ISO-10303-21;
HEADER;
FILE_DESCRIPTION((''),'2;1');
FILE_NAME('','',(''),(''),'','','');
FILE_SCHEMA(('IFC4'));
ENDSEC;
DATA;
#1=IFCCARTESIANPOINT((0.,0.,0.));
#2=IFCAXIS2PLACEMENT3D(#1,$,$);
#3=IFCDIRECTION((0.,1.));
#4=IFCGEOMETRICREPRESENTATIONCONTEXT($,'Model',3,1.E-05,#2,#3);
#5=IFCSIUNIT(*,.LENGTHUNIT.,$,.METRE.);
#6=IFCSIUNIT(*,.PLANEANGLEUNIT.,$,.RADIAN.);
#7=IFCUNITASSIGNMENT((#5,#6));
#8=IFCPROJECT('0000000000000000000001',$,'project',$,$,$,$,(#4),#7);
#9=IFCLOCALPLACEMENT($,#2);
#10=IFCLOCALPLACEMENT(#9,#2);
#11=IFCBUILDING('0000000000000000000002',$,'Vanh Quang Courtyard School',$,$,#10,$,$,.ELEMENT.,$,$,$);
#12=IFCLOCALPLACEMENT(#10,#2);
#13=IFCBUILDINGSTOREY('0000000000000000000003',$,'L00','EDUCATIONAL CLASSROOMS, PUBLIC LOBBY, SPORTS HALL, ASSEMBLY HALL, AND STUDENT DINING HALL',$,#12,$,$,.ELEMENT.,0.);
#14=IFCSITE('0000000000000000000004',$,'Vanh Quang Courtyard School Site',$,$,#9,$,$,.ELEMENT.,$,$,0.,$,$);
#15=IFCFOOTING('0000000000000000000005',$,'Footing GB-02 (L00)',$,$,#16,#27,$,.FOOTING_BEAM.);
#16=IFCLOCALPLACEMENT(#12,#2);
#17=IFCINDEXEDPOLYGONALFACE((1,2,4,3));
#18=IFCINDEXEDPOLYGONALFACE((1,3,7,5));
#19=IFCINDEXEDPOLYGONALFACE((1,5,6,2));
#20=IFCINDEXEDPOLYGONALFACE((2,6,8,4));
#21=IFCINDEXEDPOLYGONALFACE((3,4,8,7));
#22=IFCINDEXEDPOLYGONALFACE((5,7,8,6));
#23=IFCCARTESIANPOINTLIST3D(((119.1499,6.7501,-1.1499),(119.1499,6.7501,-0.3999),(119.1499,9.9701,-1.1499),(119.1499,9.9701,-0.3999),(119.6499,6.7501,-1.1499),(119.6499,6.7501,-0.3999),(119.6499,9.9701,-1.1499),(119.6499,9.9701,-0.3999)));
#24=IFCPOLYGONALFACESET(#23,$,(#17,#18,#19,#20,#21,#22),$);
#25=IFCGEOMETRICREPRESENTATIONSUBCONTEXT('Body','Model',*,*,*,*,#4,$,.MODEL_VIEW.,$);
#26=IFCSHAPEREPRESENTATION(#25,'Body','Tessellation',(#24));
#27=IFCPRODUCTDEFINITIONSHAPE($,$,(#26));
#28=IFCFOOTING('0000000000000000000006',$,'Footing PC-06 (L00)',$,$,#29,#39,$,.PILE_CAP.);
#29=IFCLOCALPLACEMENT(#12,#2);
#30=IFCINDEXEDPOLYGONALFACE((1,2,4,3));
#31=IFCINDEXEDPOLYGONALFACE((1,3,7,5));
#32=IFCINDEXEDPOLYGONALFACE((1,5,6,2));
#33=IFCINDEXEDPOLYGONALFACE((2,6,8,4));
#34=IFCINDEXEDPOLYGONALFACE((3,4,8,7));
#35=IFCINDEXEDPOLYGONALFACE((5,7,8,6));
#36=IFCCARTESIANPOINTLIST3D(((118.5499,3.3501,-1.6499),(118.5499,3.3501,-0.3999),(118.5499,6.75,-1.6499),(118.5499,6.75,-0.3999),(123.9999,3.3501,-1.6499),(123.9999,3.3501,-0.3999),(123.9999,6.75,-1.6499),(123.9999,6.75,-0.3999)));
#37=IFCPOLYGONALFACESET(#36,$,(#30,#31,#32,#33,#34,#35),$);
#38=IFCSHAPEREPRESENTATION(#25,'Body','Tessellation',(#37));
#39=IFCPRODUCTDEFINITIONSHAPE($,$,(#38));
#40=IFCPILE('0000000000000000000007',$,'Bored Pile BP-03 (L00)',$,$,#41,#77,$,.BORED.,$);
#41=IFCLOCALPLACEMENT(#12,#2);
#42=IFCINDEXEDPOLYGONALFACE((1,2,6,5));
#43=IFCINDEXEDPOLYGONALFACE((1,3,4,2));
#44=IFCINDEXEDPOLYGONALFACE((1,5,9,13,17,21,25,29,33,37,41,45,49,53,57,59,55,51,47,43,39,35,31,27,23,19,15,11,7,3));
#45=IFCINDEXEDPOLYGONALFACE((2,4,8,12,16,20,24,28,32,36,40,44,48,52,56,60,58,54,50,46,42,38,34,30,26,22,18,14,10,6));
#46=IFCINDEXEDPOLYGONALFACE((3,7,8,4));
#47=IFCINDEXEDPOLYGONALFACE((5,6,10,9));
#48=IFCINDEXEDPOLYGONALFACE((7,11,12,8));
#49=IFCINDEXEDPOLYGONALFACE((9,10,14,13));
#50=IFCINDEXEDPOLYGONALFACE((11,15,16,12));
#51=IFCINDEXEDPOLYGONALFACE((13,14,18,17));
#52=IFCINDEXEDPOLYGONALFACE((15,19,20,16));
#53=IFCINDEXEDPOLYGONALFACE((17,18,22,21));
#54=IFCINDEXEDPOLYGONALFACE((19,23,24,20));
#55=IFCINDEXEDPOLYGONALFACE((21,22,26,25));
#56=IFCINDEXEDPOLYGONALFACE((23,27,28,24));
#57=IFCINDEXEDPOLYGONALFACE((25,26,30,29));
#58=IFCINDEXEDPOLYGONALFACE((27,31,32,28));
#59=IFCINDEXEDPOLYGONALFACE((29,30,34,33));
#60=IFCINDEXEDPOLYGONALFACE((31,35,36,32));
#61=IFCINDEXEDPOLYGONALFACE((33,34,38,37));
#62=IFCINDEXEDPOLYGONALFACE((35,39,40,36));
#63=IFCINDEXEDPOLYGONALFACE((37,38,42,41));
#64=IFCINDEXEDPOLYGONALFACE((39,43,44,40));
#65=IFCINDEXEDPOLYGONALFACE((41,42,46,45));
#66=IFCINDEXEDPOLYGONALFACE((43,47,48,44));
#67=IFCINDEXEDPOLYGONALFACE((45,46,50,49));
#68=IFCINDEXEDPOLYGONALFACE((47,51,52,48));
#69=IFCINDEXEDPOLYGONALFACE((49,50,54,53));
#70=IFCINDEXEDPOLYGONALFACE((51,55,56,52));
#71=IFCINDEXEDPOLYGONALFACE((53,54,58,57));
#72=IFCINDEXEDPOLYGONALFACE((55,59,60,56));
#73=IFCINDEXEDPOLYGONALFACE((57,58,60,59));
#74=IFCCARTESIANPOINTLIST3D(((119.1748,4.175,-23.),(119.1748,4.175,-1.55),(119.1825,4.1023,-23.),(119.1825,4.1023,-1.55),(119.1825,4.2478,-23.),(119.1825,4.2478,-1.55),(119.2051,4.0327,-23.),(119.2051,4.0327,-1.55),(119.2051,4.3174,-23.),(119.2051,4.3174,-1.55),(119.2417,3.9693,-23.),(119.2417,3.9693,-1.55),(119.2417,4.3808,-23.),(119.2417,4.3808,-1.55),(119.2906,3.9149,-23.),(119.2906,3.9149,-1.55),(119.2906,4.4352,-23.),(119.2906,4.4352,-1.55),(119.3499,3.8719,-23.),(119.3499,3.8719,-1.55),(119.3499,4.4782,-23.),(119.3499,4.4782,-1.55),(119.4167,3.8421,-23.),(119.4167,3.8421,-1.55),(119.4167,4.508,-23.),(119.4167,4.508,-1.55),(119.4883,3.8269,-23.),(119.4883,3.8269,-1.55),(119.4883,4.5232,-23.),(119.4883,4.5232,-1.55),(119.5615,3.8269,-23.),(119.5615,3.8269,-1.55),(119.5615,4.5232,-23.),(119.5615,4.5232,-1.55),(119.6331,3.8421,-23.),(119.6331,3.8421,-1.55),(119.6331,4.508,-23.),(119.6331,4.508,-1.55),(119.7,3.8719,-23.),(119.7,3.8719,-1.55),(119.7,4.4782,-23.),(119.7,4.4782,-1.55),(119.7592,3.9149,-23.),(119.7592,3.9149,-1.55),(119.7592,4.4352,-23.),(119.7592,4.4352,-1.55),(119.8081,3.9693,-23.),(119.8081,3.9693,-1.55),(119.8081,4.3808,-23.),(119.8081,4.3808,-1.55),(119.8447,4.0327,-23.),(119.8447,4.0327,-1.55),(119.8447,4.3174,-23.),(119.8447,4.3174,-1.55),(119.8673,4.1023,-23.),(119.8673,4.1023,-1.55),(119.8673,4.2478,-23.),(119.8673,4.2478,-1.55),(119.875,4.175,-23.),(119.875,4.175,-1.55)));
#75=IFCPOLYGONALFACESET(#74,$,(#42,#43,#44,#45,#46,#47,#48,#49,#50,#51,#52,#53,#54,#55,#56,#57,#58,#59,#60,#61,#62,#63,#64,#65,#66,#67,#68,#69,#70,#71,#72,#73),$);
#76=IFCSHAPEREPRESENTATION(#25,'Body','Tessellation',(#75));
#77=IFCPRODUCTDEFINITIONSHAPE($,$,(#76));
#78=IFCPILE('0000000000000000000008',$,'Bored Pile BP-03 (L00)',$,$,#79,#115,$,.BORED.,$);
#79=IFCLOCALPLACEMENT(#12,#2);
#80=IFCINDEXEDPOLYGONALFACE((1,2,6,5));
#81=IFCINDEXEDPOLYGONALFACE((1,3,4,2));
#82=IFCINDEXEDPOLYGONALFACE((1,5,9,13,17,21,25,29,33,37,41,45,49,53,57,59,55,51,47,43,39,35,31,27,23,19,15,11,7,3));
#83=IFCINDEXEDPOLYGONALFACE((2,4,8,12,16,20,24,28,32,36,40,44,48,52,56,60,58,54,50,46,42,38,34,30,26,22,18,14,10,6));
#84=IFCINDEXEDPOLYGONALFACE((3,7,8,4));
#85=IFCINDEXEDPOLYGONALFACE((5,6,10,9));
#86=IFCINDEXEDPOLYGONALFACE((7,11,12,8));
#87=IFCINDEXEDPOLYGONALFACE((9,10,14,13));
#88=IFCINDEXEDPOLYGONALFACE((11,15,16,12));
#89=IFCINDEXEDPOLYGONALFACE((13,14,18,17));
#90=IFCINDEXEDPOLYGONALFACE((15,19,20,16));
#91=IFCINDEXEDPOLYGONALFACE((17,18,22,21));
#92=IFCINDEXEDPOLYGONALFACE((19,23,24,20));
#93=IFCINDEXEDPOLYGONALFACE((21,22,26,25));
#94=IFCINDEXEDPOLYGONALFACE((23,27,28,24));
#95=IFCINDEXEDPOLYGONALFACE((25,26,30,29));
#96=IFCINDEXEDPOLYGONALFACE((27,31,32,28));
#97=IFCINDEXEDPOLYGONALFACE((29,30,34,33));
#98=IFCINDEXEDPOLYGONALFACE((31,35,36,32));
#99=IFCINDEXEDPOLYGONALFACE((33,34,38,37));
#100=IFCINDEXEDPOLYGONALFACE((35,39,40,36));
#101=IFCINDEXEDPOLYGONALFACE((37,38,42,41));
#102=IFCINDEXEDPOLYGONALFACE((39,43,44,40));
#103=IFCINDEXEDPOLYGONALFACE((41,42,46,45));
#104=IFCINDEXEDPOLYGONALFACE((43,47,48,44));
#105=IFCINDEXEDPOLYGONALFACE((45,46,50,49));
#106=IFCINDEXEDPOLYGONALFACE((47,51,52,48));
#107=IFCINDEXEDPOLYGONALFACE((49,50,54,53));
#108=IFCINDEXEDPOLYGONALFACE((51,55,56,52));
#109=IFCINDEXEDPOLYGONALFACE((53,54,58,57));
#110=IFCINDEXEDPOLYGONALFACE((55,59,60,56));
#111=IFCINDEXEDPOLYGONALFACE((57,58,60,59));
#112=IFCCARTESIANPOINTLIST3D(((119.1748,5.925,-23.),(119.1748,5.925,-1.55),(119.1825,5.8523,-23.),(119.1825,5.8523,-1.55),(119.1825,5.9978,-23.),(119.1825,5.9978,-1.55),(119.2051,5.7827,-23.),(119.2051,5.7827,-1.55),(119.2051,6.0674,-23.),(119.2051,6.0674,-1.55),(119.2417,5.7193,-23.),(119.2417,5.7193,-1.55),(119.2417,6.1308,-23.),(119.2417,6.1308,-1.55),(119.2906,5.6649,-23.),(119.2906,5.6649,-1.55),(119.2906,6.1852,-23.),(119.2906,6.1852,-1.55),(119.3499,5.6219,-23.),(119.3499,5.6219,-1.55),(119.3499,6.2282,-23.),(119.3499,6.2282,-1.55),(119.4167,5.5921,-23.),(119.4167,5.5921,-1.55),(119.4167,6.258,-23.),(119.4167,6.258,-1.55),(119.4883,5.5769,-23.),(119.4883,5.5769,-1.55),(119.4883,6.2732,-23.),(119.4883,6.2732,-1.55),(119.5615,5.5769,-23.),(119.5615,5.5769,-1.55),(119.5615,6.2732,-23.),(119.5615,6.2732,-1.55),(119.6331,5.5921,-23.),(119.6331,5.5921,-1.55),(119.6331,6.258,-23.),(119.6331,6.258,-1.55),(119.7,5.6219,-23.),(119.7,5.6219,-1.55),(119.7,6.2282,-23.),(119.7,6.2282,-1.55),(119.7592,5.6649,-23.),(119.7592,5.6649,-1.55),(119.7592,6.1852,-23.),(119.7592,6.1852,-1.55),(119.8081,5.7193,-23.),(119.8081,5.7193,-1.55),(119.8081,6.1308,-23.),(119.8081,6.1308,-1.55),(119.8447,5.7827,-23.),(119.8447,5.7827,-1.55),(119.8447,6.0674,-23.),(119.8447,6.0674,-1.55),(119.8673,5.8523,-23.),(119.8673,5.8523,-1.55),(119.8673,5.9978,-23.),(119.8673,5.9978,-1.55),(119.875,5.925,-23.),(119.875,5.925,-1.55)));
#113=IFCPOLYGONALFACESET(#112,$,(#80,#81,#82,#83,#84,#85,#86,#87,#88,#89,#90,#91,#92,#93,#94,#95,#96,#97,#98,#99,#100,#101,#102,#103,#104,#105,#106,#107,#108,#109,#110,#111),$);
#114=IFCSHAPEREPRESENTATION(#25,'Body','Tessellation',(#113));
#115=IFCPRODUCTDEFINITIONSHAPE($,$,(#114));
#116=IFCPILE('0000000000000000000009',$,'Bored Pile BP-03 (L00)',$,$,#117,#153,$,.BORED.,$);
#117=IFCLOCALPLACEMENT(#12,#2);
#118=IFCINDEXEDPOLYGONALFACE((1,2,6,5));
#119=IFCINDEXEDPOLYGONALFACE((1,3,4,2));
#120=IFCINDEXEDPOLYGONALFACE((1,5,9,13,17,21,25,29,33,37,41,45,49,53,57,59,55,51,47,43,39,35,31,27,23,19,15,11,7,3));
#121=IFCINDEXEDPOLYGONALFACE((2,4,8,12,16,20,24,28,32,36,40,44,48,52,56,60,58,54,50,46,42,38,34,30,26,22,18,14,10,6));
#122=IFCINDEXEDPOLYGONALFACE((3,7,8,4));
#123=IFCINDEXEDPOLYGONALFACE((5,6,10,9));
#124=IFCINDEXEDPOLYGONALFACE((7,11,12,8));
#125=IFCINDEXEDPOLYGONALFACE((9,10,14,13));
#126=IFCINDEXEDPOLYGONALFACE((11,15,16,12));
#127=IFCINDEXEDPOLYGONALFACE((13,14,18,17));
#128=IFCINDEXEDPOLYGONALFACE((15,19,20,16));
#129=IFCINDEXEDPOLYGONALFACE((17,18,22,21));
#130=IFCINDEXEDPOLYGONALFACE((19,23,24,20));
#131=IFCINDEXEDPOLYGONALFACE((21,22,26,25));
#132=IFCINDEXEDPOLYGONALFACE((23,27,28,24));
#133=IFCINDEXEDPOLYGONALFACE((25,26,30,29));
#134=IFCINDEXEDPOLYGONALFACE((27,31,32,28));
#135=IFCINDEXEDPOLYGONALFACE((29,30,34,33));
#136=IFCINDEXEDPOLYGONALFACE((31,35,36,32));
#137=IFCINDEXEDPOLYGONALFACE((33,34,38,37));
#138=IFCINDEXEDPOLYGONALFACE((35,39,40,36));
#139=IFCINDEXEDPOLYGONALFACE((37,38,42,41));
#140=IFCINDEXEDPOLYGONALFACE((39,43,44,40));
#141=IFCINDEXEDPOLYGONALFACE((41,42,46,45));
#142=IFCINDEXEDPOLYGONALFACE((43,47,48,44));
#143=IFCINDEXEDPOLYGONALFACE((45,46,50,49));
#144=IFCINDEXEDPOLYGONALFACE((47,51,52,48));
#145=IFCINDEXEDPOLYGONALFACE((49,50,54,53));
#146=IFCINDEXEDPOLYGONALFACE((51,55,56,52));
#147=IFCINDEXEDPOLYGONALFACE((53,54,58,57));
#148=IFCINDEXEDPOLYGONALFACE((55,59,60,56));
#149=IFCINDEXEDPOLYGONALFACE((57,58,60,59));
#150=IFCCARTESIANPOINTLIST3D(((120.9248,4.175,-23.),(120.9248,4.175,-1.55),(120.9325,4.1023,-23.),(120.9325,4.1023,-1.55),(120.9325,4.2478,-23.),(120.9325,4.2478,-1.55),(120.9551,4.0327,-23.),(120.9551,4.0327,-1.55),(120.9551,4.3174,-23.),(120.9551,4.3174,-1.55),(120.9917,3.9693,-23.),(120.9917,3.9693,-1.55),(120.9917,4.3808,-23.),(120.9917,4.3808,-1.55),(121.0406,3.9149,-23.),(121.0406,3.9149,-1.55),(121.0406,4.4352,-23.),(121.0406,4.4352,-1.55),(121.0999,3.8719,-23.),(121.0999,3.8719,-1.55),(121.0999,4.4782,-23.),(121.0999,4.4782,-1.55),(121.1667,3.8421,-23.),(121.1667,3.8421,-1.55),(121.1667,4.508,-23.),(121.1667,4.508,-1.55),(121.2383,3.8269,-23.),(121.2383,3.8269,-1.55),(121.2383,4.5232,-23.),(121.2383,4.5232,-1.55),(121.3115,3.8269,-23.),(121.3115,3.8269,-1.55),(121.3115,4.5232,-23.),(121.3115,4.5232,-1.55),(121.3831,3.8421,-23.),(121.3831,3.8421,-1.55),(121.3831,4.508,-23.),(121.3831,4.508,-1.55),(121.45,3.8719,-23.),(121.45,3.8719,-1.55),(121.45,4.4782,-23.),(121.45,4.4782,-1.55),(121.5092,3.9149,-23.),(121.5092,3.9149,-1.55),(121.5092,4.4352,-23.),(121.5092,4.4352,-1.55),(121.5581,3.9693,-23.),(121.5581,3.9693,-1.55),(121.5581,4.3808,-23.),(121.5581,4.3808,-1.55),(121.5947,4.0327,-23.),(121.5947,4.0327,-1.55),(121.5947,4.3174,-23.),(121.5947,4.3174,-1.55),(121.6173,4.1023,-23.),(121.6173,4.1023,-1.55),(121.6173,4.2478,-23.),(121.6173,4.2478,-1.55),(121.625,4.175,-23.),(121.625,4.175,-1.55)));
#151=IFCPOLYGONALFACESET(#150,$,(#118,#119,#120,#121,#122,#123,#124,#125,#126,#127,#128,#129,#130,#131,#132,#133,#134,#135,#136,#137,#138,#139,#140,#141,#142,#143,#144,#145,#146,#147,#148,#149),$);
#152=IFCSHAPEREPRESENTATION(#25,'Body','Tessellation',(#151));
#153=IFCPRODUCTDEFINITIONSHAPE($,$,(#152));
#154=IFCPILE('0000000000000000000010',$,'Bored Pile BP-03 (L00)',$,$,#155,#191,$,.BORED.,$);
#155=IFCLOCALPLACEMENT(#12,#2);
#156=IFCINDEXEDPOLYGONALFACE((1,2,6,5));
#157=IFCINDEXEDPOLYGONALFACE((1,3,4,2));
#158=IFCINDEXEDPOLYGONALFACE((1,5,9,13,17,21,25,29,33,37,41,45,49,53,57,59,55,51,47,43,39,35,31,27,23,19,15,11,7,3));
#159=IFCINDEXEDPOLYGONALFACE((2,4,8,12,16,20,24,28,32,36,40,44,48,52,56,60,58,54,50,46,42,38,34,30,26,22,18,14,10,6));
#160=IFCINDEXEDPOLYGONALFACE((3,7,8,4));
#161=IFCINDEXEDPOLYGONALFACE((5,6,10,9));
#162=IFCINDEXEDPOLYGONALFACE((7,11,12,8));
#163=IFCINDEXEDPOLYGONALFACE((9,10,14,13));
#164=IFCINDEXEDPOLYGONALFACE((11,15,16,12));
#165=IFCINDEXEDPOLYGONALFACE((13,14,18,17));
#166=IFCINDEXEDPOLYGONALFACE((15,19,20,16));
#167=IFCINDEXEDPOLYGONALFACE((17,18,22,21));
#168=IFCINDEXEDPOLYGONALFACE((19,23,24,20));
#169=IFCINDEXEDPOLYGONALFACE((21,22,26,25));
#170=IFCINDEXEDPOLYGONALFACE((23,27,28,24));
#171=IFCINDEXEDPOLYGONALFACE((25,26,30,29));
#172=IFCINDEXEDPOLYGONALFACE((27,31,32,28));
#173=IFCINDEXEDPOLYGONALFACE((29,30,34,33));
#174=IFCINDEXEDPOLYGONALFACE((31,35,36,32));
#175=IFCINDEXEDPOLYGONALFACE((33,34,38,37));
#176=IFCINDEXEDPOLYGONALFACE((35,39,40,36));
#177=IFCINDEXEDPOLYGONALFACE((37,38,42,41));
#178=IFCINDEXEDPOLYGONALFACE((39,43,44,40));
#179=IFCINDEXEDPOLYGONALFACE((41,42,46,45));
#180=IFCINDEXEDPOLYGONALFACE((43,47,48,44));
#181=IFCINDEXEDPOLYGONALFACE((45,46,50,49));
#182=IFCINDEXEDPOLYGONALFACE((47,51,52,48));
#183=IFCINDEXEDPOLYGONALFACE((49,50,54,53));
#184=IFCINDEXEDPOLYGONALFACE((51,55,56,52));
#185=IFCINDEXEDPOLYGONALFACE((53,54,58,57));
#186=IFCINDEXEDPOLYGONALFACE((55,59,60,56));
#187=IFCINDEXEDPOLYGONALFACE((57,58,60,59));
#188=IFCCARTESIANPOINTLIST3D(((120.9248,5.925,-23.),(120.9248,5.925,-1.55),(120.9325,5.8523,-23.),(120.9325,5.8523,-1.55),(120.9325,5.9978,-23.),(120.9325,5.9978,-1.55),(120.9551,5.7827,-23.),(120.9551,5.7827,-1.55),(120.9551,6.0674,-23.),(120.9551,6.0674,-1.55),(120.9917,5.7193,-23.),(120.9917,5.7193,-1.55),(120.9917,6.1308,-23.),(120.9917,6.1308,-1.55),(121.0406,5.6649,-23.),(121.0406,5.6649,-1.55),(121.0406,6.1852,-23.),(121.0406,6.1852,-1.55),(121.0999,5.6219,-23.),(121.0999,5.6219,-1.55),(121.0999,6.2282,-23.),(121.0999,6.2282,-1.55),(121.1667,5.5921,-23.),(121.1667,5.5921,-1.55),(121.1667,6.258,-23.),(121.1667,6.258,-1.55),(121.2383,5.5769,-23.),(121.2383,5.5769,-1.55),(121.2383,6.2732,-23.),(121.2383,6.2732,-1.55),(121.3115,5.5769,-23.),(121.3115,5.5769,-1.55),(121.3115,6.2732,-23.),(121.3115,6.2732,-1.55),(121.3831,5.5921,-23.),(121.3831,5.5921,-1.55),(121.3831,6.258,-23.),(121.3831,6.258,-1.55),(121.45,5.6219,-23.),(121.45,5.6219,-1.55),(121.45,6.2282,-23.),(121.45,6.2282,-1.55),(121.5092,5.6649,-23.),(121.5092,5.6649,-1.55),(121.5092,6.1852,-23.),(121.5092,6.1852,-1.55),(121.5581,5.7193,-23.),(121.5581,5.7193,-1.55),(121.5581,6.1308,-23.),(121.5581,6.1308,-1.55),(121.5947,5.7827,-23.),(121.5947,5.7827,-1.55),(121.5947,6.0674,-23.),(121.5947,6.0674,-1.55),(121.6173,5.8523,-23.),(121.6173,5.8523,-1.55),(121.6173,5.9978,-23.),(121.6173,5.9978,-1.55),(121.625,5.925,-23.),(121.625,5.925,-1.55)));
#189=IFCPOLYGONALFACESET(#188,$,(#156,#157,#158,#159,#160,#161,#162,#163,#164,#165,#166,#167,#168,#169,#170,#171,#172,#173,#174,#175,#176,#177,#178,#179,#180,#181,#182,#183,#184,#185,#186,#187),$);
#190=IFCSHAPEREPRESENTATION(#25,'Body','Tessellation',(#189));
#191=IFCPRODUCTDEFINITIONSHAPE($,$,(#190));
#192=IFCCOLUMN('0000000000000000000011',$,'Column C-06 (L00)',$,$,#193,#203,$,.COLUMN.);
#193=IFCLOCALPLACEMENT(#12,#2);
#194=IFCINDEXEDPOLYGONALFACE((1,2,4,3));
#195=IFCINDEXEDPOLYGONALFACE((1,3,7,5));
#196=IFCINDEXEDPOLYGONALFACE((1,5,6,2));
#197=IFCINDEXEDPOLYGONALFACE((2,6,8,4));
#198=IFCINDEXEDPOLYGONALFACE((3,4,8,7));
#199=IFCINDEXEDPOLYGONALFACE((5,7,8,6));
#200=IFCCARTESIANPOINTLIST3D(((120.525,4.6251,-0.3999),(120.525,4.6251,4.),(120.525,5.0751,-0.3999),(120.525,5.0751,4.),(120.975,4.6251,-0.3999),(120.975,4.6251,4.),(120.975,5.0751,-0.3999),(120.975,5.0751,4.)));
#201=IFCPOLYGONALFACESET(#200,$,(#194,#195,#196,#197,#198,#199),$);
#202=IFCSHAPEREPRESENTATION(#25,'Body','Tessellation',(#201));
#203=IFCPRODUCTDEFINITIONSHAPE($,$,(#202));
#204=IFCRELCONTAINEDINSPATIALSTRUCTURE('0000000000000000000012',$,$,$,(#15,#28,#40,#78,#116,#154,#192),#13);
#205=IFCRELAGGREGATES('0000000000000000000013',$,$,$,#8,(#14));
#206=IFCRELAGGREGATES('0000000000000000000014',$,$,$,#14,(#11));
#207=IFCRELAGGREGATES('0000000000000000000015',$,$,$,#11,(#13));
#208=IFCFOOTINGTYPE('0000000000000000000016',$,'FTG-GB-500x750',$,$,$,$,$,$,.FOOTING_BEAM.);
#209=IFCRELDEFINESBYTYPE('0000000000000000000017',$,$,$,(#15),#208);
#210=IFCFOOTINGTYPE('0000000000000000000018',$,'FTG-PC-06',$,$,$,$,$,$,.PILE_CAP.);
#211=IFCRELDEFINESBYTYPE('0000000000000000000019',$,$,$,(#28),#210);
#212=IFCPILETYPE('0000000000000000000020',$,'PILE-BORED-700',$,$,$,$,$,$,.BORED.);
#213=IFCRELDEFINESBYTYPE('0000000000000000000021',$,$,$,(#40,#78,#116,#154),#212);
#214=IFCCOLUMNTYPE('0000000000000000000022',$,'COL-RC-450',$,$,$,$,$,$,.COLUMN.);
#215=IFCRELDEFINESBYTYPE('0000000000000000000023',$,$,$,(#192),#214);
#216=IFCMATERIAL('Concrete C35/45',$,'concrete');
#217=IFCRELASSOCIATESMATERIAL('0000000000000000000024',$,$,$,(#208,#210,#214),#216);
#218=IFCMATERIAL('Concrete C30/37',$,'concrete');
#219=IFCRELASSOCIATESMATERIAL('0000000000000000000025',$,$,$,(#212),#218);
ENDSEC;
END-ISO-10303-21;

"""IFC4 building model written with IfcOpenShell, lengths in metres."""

from ifc_helpers import new_model, si_unit, direction, frame, origin, origin_2d, place, context, subcontext, project, spatial, rectangle, circle, extrude, material, material_profile, profile_set, type_object, element, save


model = new_model("IFC4")

# Units and contexts
model_context = context("Model", 3, precision=1e-05, world=origin(), true_north=direction((0.0, 1.0)))
body_context = subcontext(model_context, "Body", "Model", "MODEL_VIEW")
ifc_project = project(units=[si_unit("LENGTHUNIT", "METRE"), si_unit("PLANEANGLEUNIT", "RADIAN")], contexts=[model_context])

# Site, building, storey
site_placement = place(None, origin())
site = spatial("IfcSite", under=ifc_project, at=site_placement, Name="Vanh Quang Courtyard School Site", CompositionType="ELEMENT", RefElevation=0.0)
building_placement = place(site_placement, origin())
building = spatial("IfcBuilding", under=site, at=building_placement, Name="Vanh Quang Courtyard School", CompositionType="ELEMENT")
storey_placement = place(building_placement, origin())
storey = spatial("IfcBuildingStorey", under=building, at=storey_placement, Name="L00", Description="EDUCATIONAL CLASSROOMS, PUBLIC LOBBY, SPORTS HALL, ASSEMBLY HALL, AND STUDENT DINING HALL", CompositionType="ELEMENT", Elevation=0.0)

# Footings
ifc_material_1 = material(Name="Concrete C35/45", Category="concrete")
footing_type_1 = type_object("IfcFootingType", Name="FTG-GB-500x750", PredefinedType="FOOTING_BEAM", material=ifc_material_1)
footing_1_placement = place(storey_placement, frame((119.3999, 8.3601, -1.1499), z_axis=(0.0, 0.0, 1.0), x_axis=(0.0, 1.0, 0.0)))
element("IfcFooting", 1, at=footing_1_placement, inside=storey, type_object=footing_type_1, Name="Footing GB-02 (L00)", PredefinedType="FOOTING_BEAM", context=body_context, shape_type="SweptSolid", body=[
    extrude(rectangle(XDim=3.22, YDim=0.5, at=origin_2d()), origin(), (0.0, 0.0, 1.0), 0.75),
])
footing_type_2 = type_object("IfcFootingType", Name="FTG-PC-06", PredefinedType="PILE_CAP", material=ifc_material_1)
footing_2_placement = place(storey_placement, frame((121.2749, 5.05, -1.6499), z_axis=(0.0, 0.0, 1.0), x_axis=(1.0, 0.0, 0.0)))
element("IfcFooting", 2, at=footing_2_placement, inside=storey, type_object=footing_type_2, Name="Footing PC-06 (L00)", PredefinedType="PILE_CAP", context=body_context, shape_type="SweptSolid", body=[
    extrude(rectangle(XDim=5.45, YDim=3.3999, at=origin_2d()), origin(), (0.0, 0.0, 1.0), 1.25),
])

# Piles
ifc_material_2 = material(Name="Concrete C30/37", Category="concrete")
ifc_material_profile_1 = material_profile(ifc_material_2, circle(Radius=0.3501, at=origin_2d()), Name="PILE D700")
ifc_profile_set_1 = profile_set([ifc_material_profile_1], Name="Concrete C30/37")
pile_type = type_object("IfcPileType", Name="PILE-BORED-700", PredefinedType="BORED", material=ifc_profile_set_1)
for number, where, z_axis, x_axis, name in (
    (3, (119.5249, 4.175, -1.55), (0.0, 0.0, -1.0), (1.0, 0.0, 0.0), "Bored Pile BP-03 (L00)"),
    (4, (119.5249, 5.925, -1.55), (0.0, 0.0, -1.0), (1.0, 0.0, 0.0), "Bored Pile BP-03 (L00)"),
    (5, (121.2749, 4.175, -1.55), (0.0, 0.0, -1.0), (1.0, 0.0, 0.0), "Bored Pile BP-03 (L00)"),
    (6, (121.2749, 5.925, -1.55), (0.0, 0.0, -1.0), (1.0, 0.0, 0.0), "Bored Pile BP-03 (L00)"),
):
    element("IfcPile", number, at=place(storey_placement, frame(where, z_axis=z_axis, x_axis=x_axis)), inside=storey, type_object=pile_type, Name=name, PredefinedType="BORED", context=body_context, shape_type="SweptSolid", body=[
        extrude(circle(Radius=0.3501, at=origin_2d()), origin(), (0.0, 0.0, 1.0), 21.45),
    ])

# Column
ifc_material_profile_2 = material_profile(ifc_material_1, rectangle(XDim=0.45, YDim=0.45, at=origin_2d()), Name="RC-COL 450x450")
ifc_profile_set_2 = profile_set([ifc_material_profile_2], Name="Concrete C35/45")
column_type = type_object("IfcColumnType", Name="COL-RC-450", PredefinedType="COLUMN", material=ifc_profile_set_2)
column_placement = place(storey_placement, frame((120.75, 4.8501, -0.3999), z_axis=(0.0, 0.0, 1.0), x_axis=(1.0, 0.0, 0.0)))
element("IfcColumn", 7, at=column_placement, inside=storey, type_object=column_type, Name="Column C-06 (L00)", PredefinedType="COLUMN", context=body_context, shape_type="SweptSolid", body=[
    extrude(rectangle(XDim=0.45, YDim=0.45, at=origin_2d()), origin(), (0.0, 0.0, 1.0), 4.3999),
])

save(model, "model.ifc")
